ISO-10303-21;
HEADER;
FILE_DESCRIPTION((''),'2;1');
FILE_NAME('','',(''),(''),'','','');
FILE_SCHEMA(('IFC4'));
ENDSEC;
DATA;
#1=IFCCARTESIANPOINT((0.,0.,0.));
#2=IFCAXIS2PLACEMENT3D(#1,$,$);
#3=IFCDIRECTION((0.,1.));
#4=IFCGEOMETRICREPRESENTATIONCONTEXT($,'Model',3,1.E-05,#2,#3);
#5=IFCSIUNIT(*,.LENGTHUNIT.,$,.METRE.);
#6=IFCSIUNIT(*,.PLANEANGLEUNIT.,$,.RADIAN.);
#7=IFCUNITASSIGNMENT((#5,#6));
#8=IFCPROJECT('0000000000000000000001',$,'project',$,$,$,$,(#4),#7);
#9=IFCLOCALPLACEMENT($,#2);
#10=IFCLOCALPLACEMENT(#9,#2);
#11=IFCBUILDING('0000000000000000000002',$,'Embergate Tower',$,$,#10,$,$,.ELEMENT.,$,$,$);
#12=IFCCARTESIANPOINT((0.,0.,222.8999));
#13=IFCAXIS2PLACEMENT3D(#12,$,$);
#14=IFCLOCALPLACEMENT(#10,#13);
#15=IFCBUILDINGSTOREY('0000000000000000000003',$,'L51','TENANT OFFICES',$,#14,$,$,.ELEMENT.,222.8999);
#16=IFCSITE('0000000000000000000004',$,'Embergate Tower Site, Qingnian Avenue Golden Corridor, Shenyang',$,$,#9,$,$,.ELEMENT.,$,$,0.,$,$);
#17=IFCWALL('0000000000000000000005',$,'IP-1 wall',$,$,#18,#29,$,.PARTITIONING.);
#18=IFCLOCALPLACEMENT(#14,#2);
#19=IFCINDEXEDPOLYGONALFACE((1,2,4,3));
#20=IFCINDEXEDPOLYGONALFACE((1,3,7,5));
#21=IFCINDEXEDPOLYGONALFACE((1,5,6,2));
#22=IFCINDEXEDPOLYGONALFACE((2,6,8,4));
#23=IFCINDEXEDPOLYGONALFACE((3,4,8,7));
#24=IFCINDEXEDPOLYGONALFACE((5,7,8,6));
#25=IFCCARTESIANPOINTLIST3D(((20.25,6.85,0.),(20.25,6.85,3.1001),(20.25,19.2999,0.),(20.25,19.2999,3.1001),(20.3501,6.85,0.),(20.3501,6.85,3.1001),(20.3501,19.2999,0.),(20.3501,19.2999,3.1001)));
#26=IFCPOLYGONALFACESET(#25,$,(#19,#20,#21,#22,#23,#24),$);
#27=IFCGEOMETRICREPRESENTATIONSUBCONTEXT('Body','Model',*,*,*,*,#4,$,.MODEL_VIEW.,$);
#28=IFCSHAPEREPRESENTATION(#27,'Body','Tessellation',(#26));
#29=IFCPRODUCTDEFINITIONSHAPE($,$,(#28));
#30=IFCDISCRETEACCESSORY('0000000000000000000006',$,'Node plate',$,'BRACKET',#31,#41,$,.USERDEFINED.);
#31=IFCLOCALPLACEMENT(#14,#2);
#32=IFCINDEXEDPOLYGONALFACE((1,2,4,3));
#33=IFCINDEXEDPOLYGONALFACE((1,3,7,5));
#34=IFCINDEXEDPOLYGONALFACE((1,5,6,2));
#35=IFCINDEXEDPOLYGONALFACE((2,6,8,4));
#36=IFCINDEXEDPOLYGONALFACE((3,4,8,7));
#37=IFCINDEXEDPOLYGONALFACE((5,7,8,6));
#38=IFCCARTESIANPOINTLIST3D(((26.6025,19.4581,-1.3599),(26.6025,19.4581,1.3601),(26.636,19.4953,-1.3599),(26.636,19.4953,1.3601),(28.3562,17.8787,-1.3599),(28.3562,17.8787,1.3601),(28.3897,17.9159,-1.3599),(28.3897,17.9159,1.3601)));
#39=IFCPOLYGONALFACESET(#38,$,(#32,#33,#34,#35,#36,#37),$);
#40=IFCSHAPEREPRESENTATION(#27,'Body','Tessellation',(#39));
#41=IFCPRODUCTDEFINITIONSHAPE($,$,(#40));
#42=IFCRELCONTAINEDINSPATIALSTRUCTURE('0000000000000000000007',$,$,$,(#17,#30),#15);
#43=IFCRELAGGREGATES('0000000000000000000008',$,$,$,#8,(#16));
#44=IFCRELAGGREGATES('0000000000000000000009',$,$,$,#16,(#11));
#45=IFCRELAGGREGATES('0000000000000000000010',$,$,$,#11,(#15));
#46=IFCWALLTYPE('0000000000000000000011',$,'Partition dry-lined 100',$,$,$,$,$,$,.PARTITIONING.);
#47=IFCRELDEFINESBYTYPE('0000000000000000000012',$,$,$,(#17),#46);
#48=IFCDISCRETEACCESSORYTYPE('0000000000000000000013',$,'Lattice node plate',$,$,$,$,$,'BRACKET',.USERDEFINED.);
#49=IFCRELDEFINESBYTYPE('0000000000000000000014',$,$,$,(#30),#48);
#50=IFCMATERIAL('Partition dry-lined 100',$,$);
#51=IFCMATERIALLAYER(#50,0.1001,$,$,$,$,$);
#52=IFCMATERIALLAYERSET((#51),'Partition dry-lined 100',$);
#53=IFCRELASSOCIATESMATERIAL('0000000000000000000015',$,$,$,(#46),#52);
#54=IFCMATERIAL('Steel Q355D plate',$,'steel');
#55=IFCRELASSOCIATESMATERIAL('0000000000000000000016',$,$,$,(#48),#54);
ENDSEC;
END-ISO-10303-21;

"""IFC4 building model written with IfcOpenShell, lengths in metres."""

from ifc_helpers import new_model, si_unit, direction, frame, frame_2d, origin, origin_2d, place, context, subcontext, project, spatial, rectangle, extrude, source, transform, mapped, material, layer, layer_set, type_object, element, save


model = new_model("IFC4")

# Units and contexts
model_context = context("Model", 3, precision=1e-05, world=origin(), true_north=direction((0.0, 1.0)))
body_context = subcontext(model_context, "Body", "Model", "MODEL_VIEW")
ifc_project = project(units=[si_unit("LENGTHUNIT", "METRE"), si_unit("PLANEANGLEUNIT", "RADIAN")], contexts=[model_context])

# Site, building, storey
site_placement = place(None, origin())
site = spatial("IfcSite", under=ifc_project, at=site_placement, Name="Embergate Tower Site, Qingnian Avenue Golden Corridor, Shenyang", CompositionType="ELEMENT", RefElevation=0.0)
building_placement = place(site_placement, origin())
building = spatial("IfcBuilding", under=site, at=building_placement, Name="Embergate Tower", CompositionType="ELEMENT")
storey_placement = place(building_placement, frame((0.0, 0.0, 222.8999)))
storey = spatial("IfcBuildingStorey", under=building, at=storey_placement, Name="L51", Description="TENANT OFFICES", CompositionType="ELEMENT", Elevation=222.8999)

# Wall
ifc_material_1 = material(Name="Partition dry-lined 100")
ifc_layer_1 = layer(ifc_material_1, 0.1001)
ifc_layer_set_1 = layer_set([ifc_layer_1], Name="Partition dry-lined 100")
wall_type = type_object("IfcWallType", Name="Partition dry-lined 100", PredefinedType="PARTITIONING", material=ifc_layer_set_1)
shared_shape_1 = source(origin(), body_context, "Body", "SweptSolid", [
    extrude(rectangle(XDim=12.45, YDim=0.1001, at=frame_2d((6.2251, 0.0))), origin(), (0.0, 0.0, 1.0), 3.1001),
])
wall_placement = place(storey_placement, frame((20.3, 19.3, 0.0), z_axis=(0.0, 0.0, 1.0), x_axis=(0.0, -1.0, 0.0)))
element("IfcWall", 1, at=wall_placement, inside=storey, type_object=wall_type, Name="IP-1 wall", PredefinedType="PARTITIONING", context=body_context, shape_type="MappedRepresentation", body=[
    mapped(shared_shape_1, transform((0.0, 0.0, 0.0))),
])

# Discrete accessory
ifc_material_2 = material(Name="Steel Q355D plate", Category="steel")
discrete_accessory_type = type_object("IfcDiscreteAccessoryType", Name="Lattice node plate", ElementType="BRACKET", PredefinedType="USERDEFINED", material=ifc_material_2)
shared_shape_2 = source(origin(), body_context, "Body", "SweptSolid", [
    extrude(rectangle(XDim=2.3601, YDim=0.05, at=origin_2d()), origin(), (0.0, 0.0, 1.0), 2.72),
])
discrete_accessory_placement = place(storey_placement, frame((27.4961, 18.687, -1.3599), z_axis=(0.0, 0.0, 1.0), x_axis=(-0.743063, 0.669221, 0.0)))
element("IfcDiscreteAccessory", 2, at=discrete_accessory_placement, inside=storey, type_object=discrete_accessory_type, Name="Node plate", ObjectType="BRACKET", PredefinedType="USERDEFINED", context=body_context, shape_type="MappedRepresentation", body=[
    mapped(shared_shape_2, transform((0.0, 0.0, 0.0))),
])

save(model, "model.ifc")
